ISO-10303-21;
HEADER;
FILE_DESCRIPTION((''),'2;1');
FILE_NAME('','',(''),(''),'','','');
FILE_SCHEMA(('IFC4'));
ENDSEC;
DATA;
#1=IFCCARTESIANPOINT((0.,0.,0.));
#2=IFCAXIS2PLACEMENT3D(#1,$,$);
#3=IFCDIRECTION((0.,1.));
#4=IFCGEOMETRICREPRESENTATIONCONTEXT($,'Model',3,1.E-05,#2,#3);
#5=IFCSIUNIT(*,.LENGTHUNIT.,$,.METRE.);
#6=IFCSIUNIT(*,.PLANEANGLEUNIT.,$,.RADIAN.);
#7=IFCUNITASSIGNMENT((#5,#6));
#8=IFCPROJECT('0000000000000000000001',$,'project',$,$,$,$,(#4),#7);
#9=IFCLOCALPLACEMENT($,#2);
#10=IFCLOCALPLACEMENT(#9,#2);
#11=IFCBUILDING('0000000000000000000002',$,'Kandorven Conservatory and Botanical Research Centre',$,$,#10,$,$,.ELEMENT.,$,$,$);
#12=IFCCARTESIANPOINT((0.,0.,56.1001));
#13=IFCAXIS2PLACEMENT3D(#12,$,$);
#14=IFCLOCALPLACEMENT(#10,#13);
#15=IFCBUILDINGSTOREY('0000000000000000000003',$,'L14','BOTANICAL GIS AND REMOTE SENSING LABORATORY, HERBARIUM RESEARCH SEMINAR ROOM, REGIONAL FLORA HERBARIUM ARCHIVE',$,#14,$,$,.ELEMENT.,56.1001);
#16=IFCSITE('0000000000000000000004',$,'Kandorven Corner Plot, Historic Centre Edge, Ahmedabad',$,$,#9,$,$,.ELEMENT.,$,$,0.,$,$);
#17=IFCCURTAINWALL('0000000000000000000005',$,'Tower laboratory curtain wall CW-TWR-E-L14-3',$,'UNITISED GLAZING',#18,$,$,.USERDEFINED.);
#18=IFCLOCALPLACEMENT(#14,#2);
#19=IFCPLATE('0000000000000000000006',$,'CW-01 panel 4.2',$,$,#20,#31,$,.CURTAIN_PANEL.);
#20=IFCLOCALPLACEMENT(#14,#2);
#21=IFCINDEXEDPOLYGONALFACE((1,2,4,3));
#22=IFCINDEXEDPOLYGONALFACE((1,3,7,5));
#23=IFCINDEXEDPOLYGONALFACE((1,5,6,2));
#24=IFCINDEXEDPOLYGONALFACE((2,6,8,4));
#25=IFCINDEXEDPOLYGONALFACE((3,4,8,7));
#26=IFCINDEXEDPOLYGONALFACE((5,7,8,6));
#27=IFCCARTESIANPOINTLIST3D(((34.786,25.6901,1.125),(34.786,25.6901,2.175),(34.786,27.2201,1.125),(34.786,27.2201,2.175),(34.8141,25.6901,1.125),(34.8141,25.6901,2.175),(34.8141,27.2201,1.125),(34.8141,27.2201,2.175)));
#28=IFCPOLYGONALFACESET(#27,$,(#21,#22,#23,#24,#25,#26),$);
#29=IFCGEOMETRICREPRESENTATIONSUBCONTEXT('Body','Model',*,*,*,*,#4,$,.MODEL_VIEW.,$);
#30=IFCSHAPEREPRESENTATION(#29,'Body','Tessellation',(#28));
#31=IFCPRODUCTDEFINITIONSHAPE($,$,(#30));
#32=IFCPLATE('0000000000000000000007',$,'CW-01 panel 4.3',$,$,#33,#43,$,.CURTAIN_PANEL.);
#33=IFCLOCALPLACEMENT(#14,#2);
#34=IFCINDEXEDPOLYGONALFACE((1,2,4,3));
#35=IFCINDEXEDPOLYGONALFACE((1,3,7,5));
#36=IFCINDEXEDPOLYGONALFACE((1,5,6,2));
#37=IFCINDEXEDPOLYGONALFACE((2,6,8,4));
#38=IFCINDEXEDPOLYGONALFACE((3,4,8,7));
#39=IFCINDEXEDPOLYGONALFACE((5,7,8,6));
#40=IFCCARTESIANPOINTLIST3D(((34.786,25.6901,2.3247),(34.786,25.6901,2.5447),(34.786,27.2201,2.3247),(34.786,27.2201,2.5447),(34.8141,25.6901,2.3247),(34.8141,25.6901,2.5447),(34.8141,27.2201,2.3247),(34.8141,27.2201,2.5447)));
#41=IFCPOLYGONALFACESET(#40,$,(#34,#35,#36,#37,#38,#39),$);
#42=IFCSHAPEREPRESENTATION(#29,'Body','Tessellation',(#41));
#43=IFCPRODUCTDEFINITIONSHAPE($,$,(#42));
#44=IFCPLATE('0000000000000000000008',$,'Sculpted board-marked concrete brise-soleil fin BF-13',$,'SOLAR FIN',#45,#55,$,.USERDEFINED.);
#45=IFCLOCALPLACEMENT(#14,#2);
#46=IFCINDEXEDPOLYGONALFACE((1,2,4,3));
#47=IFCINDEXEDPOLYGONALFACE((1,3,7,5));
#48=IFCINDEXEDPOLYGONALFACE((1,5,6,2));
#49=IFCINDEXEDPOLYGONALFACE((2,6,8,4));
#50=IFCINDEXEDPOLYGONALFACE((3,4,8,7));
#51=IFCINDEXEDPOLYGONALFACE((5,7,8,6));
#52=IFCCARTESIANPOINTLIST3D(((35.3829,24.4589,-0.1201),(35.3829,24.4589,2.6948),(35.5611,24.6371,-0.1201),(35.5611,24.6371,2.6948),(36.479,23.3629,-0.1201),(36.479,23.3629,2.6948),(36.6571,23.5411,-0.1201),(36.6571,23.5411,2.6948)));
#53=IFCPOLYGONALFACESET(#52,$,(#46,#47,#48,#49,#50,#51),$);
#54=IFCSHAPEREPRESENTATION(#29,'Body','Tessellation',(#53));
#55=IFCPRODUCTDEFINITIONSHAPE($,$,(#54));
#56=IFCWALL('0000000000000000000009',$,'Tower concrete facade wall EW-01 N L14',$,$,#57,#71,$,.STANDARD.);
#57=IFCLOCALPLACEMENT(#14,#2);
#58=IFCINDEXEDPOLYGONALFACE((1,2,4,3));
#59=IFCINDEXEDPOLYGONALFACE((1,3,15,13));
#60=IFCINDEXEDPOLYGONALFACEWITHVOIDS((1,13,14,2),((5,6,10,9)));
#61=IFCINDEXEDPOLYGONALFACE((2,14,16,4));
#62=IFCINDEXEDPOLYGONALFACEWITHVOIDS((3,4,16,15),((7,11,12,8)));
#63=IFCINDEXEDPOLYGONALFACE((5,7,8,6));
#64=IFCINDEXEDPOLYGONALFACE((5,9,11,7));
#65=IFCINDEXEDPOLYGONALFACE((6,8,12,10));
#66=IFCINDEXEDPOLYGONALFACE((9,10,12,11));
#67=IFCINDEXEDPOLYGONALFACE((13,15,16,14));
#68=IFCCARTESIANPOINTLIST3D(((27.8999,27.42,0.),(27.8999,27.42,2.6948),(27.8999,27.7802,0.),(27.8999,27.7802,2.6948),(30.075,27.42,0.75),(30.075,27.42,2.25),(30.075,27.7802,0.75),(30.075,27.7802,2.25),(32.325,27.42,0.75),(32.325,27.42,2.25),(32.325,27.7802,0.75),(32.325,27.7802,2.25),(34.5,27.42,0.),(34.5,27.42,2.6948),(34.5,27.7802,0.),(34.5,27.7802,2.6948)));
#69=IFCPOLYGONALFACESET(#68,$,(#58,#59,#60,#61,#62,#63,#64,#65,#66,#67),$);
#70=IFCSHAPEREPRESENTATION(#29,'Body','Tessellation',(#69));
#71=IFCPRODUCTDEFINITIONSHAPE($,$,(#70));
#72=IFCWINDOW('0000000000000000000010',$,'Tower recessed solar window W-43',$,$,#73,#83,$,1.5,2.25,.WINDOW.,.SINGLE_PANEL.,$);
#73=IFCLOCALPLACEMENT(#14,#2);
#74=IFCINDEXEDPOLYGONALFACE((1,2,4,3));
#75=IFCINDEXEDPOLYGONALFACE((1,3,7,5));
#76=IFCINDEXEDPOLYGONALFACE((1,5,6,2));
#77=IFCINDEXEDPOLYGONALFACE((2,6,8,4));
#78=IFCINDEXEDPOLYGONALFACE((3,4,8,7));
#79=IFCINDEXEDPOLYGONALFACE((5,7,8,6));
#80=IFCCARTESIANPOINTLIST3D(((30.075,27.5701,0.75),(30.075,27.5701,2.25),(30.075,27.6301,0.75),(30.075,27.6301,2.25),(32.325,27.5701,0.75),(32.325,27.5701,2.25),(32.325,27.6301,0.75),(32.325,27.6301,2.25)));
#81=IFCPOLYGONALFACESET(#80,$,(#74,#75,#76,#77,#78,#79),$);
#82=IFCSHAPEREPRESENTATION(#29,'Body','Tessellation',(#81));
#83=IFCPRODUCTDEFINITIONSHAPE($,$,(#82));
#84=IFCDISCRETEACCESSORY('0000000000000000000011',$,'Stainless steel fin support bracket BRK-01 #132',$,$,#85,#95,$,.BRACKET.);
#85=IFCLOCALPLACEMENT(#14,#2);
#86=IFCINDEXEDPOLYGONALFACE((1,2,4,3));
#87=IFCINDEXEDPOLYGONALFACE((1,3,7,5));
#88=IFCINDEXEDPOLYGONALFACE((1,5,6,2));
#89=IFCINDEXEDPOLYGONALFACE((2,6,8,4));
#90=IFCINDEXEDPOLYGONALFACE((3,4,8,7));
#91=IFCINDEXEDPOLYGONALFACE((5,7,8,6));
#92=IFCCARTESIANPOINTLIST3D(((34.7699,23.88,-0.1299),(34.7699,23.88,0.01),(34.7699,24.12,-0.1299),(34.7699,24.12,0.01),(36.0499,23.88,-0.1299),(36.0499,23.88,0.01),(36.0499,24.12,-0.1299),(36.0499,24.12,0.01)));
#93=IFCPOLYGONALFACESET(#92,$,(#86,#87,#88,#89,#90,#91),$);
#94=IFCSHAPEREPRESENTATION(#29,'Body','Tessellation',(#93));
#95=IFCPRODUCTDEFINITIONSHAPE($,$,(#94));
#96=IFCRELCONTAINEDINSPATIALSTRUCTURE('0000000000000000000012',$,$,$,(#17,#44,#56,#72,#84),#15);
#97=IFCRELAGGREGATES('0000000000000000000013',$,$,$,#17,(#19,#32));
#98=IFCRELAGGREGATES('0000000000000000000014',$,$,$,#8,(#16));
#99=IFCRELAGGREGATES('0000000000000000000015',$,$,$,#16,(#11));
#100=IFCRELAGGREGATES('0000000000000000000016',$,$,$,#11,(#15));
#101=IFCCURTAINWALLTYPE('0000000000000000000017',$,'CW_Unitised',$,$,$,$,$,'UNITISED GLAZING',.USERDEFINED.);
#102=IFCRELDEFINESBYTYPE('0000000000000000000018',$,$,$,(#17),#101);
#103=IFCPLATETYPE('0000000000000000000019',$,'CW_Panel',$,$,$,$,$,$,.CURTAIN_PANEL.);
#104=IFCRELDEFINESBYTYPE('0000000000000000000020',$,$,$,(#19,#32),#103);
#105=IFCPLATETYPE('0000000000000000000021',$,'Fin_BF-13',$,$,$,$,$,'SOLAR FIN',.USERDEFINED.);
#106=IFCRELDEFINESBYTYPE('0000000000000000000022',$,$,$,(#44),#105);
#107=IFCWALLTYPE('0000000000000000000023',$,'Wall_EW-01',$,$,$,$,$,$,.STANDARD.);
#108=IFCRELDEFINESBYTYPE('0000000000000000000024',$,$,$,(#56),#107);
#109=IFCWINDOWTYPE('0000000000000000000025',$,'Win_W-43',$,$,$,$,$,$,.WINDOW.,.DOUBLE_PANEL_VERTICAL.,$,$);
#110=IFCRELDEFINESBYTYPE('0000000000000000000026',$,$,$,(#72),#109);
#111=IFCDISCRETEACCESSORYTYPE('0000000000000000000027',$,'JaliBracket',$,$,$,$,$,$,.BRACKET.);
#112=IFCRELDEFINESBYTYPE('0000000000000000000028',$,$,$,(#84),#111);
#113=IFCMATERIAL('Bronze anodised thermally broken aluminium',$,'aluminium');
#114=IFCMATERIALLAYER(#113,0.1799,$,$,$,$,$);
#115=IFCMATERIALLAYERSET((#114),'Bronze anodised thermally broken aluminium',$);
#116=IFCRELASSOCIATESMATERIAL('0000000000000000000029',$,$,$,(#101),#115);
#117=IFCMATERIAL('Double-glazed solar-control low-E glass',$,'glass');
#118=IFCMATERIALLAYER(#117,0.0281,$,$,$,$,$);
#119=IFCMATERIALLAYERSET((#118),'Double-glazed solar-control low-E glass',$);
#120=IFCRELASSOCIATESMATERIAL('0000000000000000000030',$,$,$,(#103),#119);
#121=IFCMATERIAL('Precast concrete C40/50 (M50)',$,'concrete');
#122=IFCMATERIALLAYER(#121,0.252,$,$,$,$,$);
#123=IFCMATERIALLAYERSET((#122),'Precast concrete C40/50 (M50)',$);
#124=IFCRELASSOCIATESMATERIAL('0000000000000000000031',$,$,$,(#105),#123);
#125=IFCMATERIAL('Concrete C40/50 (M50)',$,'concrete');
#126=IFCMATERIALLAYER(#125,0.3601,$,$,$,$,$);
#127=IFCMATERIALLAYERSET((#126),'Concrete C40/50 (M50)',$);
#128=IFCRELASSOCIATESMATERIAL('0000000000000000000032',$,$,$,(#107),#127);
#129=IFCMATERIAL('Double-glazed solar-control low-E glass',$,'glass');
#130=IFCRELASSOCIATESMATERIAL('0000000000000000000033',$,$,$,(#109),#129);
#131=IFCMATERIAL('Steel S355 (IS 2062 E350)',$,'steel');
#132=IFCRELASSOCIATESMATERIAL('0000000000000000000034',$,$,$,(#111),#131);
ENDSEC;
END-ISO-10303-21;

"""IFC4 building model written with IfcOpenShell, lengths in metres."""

from ifc_helpers import new_model, si_unit, direction, frame, frame_2d, origin, origin_2d, place, context, subcontext, project, spatial, rectangle, extrude, material, layer, layer_set, type_object, element, fill, aggregate, save


model = new_model("IFC4")

# Units and contexts
model_context = context("Model", 3, precision=1e-05, world=origin(), true_north=direction((0.0, 1.0)))
body_context = subcontext(model_context, "Body", "Model", "MODEL_VIEW")
ifc_project = project(units=[si_unit("LENGTHUNIT", "METRE"), si_unit("PLANEANGLEUNIT", "RADIAN")], contexts=[model_context])

# Site, building, storey
site_placement = place(None, origin())
site = spatial("IfcSite", under=ifc_project, at=site_placement, Name="Kandorven Corner Plot, Historic Centre Edge, Ahmedabad", CompositionType="ELEMENT", RefElevation=0.0)
building_placement = place(site_placement, origin())
building = spatial("IfcBuilding", under=site, at=building_placement, Name="Kandorven Conservatory and Botanical Research Centre", CompositionType="ELEMENT")
storey_placement = place(building_placement, frame((0.0, 0.0, 56.1001)))
storey = spatial("IfcBuildingStorey", under=building, at=storey_placement, Name="L14", Description="BOTANICAL GIS AND REMOTE SENSING LABORATORY, HERBARIUM RESEARCH SEMINAR ROOM, REGIONAL FLORA HERBARIUM ARCHIVE", CompositionType="ELEMENT", Elevation=56.1001)

# Curtain wall, plates
ifc_material_1 = material(Name="Bronze anodised thermally broken aluminium", Category="aluminium")
ifc_layer_1 = layer(ifc_material_1, 0.1799)
ifc_layer_set_1 = layer_set([ifc_layer_1], Name="Bronze anodised thermally broken aluminium")
curtain_wall_type = type_object("IfcCurtainWallType", Name="CW_Unitised", ElementType="UNITISED GLAZING", PredefinedType="USERDEFINED", material=ifc_layer_set_1)
curtain_wall_placement = place(storey_placement, origin())
curtain_wall = element("IfcCurtainWall", 1, at=curtain_wall_placement, inside=storey, type_object=curtain_wall_type, Name="Tower laboratory curtain wall CW-TWR-E-L14-3", ObjectType="UNITISED GLAZING", PredefinedType="USERDEFINED")
ifc_material_2 = material(Name="Double-glazed solar-control low-E glass", Category="glass")
ifc_layer_2 = layer(ifc_material_2, 0.0281)
ifc_layer_set_2 = layer_set([ifc_layer_2], Name="Double-glazed solar-control low-E glass")
plate_type_1 = type_object("IfcPlateType", Name="CW_Panel", PredefinedType="CURTAIN_PANEL", material=ifc_layer_set_2)
plate_1_placement = place(storey_placement, frame((34.8, 26.4551, 1.125), z_axis=(0.0, 0.0, 1.0), x_axis=(0.0, 1.0, 0.0)))
plate_1 = element("IfcPlate", 2, at=plate_1_placement, type_object=plate_type_1, Name="CW-01 panel 4.2", PredefinedType="CURTAIN_PANEL", context=body_context, shape_type="SweptSolid", body=[
    extrude(rectangle(XDim=1.53, YDim=0.0281, at=origin_2d()), origin(), (0.0, 0.0, 1.0), 1.05),
])
plate_2_placement = place(storey_placement, frame((34.8, 26.4551, 2.3247), z_axis=(0.0, 0.0, 1.0), x_axis=(0.0, 1.0, 0.0)))
plate_2 = element("IfcPlate", 3, at=plate_2_placement, type_object=plate_type_1, Name="CW-01 panel 4.3", PredefinedType="CURTAIN_PANEL", context=body_context, shape_type="SweptSolid", body=[
    extrude(rectangle(XDim=1.53, YDim=0.0281, at=origin_2d()), origin(), (0.0, 0.0, 1.0), 0.22),
])
aggregate(curtain_wall, [plate_1, plate_2])

# Plate
ifc_material_3 = material(Name="Precast concrete C40/50 (M50)", Category="concrete")
ifc_layer_3 = layer(ifc_material_3, 0.252)
ifc_layer_set_3 = layer_set([ifc_layer_3], Name="Precast concrete C40/50 (M50)")
plate_type_2 = type_object("IfcPlateType", Name="Fin_BF-13", ElementType="SOLAR FIN", PredefinedType="USERDEFINED", material=ifc_layer_set_3)
plate_3_placement = place(storey_placement, frame((36.02, 24.0, -0.1201), z_axis=(0.0, 0.0, 1.0), x_axis=(-0.707107, 0.707107, 0.0)))
element("IfcPlate", 4, at=plate_3_placement, inside=storey, type_object=plate_type_2, Name="Sculpted board-marked concrete brise-soleil fin BF-13", ObjectType="SOLAR FIN", PredefinedType="USERDEFINED", context=body_context, shape_type="SweptSolid", body=[
    extrude(rectangle(XDim=1.55, YDim=0.252, at=origin_2d()), origin(), (0.0, 0.0, 1.0), 2.8149),
])

# Wall, opening, window
ifc_material_4 = material(Name="Concrete C40/50 (M50)", Category="concrete")
ifc_layer_4 = layer(ifc_material_4, 0.3601)
ifc_layer_set_4 = layer_set([ifc_layer_4], Name="Concrete C40/50 (M50)")
wall_type = type_object("IfcWallType", Name="Wall_EW-01", PredefinedType="STANDARD", material=ifc_layer_set_4)
wall_placement = place(storey_placement, frame((27.8999, 27.6001, 0.0), z_axis=(0.0, 0.0, 1.0), x_axis=(1.0, 0.0, 0.0)))
wall = element("IfcWall", 5, at=wall_placement, inside=storey, type_object=wall_type, Name="Tower concrete facade wall EW-01 N L14", PredefinedType="STANDARD", context=body_context, shape_type="SweptSolid", body=[
    extrude(rectangle(XDim=6.6001, YDim=0.3601, at=frame_2d((3.3, 0.0))), origin(), (0.0, 0.0, 1.0), 2.6948),
])
opening_placement = place(wall_placement, frame((2.175, 0.0, 0.75)))
opening = element("IfcOpeningElement", 6, at=opening_placement, cuts=wall, PredefinedType="OPENING", context=body_context, shape_type="SweptSolid", body=[
    extrude(rectangle(XDim=2.25, YDim=1.5, at=frame_2d((1.125, 0.75))), frame((0.0, 0.1899, 0.0), z_axis=(0.0, -1.0, 0.0), x_axis=(1.0, 0.0, 0.0)), (0.0, 0.0, 1.0), 0.3801),
])
ifc_material_5 = material(Name="Double-glazed solar-control low-E glass", Category="glass")
window_type = type_object("IfcWindowType", Name="Win_W-43", PartitioningType="DOUBLE_PANEL_VERTICAL", PredefinedType="WINDOW", material=ifc_material_5)
window_placement = place(opening_placement, origin())
window = element("IfcWindow", 7, at=window_placement, inside=storey, type_object=window_type, Name="Tower recessed solar window W-43", OverallHeight=1.5, OverallWidth=2.25, PartitioningType="SINGLE_PANEL", PredefinedType="WINDOW", context=body_context, shape_type="SweptSolid", body=[
    extrude(rectangle(XDim=2.25, YDim=1.5, at=frame_2d((1.125, 0.75))), frame((0.0, 0.03, 0.0), z_axis=(0.0, -1.0, 0.0), x_axis=(1.0, 0.0, 0.0)), (0.0, 0.0, 1.0), 0.0601),
])
fill(opening, window)

# Discrete accessory
ifc_material_6 = material(Name="Steel S355 (IS 2062 E350)", Category="steel")
discrete_accessory_type = type_object("IfcDiscreteAccessoryType", Name="JaliBracket", PredefinedType="BRACKET", material=ifc_material_6)
discrete_accessory_placement = place(storey_placement, frame((35.4099, 24.0, -0.1299), z_axis=(0.0, 0.0, 1.0), x_axis=(1.0, 0.0, 0.0)))
element("IfcDiscreteAccessory", 8, at=discrete_accessory_placement, inside=storey, type_object=discrete_accessory_type, Name="Stainless steel fin support bracket BRK-01 #132", PredefinedType="BRACKET", context=body_context, shape_type="SweptSolid", body=[
    extrude(rectangle(XDim=1.28, YDim=0.24, at=origin_2d()), origin(), (0.0, 0.0, 1.0), 0.1399),
])

save(model, "model.ifc")
